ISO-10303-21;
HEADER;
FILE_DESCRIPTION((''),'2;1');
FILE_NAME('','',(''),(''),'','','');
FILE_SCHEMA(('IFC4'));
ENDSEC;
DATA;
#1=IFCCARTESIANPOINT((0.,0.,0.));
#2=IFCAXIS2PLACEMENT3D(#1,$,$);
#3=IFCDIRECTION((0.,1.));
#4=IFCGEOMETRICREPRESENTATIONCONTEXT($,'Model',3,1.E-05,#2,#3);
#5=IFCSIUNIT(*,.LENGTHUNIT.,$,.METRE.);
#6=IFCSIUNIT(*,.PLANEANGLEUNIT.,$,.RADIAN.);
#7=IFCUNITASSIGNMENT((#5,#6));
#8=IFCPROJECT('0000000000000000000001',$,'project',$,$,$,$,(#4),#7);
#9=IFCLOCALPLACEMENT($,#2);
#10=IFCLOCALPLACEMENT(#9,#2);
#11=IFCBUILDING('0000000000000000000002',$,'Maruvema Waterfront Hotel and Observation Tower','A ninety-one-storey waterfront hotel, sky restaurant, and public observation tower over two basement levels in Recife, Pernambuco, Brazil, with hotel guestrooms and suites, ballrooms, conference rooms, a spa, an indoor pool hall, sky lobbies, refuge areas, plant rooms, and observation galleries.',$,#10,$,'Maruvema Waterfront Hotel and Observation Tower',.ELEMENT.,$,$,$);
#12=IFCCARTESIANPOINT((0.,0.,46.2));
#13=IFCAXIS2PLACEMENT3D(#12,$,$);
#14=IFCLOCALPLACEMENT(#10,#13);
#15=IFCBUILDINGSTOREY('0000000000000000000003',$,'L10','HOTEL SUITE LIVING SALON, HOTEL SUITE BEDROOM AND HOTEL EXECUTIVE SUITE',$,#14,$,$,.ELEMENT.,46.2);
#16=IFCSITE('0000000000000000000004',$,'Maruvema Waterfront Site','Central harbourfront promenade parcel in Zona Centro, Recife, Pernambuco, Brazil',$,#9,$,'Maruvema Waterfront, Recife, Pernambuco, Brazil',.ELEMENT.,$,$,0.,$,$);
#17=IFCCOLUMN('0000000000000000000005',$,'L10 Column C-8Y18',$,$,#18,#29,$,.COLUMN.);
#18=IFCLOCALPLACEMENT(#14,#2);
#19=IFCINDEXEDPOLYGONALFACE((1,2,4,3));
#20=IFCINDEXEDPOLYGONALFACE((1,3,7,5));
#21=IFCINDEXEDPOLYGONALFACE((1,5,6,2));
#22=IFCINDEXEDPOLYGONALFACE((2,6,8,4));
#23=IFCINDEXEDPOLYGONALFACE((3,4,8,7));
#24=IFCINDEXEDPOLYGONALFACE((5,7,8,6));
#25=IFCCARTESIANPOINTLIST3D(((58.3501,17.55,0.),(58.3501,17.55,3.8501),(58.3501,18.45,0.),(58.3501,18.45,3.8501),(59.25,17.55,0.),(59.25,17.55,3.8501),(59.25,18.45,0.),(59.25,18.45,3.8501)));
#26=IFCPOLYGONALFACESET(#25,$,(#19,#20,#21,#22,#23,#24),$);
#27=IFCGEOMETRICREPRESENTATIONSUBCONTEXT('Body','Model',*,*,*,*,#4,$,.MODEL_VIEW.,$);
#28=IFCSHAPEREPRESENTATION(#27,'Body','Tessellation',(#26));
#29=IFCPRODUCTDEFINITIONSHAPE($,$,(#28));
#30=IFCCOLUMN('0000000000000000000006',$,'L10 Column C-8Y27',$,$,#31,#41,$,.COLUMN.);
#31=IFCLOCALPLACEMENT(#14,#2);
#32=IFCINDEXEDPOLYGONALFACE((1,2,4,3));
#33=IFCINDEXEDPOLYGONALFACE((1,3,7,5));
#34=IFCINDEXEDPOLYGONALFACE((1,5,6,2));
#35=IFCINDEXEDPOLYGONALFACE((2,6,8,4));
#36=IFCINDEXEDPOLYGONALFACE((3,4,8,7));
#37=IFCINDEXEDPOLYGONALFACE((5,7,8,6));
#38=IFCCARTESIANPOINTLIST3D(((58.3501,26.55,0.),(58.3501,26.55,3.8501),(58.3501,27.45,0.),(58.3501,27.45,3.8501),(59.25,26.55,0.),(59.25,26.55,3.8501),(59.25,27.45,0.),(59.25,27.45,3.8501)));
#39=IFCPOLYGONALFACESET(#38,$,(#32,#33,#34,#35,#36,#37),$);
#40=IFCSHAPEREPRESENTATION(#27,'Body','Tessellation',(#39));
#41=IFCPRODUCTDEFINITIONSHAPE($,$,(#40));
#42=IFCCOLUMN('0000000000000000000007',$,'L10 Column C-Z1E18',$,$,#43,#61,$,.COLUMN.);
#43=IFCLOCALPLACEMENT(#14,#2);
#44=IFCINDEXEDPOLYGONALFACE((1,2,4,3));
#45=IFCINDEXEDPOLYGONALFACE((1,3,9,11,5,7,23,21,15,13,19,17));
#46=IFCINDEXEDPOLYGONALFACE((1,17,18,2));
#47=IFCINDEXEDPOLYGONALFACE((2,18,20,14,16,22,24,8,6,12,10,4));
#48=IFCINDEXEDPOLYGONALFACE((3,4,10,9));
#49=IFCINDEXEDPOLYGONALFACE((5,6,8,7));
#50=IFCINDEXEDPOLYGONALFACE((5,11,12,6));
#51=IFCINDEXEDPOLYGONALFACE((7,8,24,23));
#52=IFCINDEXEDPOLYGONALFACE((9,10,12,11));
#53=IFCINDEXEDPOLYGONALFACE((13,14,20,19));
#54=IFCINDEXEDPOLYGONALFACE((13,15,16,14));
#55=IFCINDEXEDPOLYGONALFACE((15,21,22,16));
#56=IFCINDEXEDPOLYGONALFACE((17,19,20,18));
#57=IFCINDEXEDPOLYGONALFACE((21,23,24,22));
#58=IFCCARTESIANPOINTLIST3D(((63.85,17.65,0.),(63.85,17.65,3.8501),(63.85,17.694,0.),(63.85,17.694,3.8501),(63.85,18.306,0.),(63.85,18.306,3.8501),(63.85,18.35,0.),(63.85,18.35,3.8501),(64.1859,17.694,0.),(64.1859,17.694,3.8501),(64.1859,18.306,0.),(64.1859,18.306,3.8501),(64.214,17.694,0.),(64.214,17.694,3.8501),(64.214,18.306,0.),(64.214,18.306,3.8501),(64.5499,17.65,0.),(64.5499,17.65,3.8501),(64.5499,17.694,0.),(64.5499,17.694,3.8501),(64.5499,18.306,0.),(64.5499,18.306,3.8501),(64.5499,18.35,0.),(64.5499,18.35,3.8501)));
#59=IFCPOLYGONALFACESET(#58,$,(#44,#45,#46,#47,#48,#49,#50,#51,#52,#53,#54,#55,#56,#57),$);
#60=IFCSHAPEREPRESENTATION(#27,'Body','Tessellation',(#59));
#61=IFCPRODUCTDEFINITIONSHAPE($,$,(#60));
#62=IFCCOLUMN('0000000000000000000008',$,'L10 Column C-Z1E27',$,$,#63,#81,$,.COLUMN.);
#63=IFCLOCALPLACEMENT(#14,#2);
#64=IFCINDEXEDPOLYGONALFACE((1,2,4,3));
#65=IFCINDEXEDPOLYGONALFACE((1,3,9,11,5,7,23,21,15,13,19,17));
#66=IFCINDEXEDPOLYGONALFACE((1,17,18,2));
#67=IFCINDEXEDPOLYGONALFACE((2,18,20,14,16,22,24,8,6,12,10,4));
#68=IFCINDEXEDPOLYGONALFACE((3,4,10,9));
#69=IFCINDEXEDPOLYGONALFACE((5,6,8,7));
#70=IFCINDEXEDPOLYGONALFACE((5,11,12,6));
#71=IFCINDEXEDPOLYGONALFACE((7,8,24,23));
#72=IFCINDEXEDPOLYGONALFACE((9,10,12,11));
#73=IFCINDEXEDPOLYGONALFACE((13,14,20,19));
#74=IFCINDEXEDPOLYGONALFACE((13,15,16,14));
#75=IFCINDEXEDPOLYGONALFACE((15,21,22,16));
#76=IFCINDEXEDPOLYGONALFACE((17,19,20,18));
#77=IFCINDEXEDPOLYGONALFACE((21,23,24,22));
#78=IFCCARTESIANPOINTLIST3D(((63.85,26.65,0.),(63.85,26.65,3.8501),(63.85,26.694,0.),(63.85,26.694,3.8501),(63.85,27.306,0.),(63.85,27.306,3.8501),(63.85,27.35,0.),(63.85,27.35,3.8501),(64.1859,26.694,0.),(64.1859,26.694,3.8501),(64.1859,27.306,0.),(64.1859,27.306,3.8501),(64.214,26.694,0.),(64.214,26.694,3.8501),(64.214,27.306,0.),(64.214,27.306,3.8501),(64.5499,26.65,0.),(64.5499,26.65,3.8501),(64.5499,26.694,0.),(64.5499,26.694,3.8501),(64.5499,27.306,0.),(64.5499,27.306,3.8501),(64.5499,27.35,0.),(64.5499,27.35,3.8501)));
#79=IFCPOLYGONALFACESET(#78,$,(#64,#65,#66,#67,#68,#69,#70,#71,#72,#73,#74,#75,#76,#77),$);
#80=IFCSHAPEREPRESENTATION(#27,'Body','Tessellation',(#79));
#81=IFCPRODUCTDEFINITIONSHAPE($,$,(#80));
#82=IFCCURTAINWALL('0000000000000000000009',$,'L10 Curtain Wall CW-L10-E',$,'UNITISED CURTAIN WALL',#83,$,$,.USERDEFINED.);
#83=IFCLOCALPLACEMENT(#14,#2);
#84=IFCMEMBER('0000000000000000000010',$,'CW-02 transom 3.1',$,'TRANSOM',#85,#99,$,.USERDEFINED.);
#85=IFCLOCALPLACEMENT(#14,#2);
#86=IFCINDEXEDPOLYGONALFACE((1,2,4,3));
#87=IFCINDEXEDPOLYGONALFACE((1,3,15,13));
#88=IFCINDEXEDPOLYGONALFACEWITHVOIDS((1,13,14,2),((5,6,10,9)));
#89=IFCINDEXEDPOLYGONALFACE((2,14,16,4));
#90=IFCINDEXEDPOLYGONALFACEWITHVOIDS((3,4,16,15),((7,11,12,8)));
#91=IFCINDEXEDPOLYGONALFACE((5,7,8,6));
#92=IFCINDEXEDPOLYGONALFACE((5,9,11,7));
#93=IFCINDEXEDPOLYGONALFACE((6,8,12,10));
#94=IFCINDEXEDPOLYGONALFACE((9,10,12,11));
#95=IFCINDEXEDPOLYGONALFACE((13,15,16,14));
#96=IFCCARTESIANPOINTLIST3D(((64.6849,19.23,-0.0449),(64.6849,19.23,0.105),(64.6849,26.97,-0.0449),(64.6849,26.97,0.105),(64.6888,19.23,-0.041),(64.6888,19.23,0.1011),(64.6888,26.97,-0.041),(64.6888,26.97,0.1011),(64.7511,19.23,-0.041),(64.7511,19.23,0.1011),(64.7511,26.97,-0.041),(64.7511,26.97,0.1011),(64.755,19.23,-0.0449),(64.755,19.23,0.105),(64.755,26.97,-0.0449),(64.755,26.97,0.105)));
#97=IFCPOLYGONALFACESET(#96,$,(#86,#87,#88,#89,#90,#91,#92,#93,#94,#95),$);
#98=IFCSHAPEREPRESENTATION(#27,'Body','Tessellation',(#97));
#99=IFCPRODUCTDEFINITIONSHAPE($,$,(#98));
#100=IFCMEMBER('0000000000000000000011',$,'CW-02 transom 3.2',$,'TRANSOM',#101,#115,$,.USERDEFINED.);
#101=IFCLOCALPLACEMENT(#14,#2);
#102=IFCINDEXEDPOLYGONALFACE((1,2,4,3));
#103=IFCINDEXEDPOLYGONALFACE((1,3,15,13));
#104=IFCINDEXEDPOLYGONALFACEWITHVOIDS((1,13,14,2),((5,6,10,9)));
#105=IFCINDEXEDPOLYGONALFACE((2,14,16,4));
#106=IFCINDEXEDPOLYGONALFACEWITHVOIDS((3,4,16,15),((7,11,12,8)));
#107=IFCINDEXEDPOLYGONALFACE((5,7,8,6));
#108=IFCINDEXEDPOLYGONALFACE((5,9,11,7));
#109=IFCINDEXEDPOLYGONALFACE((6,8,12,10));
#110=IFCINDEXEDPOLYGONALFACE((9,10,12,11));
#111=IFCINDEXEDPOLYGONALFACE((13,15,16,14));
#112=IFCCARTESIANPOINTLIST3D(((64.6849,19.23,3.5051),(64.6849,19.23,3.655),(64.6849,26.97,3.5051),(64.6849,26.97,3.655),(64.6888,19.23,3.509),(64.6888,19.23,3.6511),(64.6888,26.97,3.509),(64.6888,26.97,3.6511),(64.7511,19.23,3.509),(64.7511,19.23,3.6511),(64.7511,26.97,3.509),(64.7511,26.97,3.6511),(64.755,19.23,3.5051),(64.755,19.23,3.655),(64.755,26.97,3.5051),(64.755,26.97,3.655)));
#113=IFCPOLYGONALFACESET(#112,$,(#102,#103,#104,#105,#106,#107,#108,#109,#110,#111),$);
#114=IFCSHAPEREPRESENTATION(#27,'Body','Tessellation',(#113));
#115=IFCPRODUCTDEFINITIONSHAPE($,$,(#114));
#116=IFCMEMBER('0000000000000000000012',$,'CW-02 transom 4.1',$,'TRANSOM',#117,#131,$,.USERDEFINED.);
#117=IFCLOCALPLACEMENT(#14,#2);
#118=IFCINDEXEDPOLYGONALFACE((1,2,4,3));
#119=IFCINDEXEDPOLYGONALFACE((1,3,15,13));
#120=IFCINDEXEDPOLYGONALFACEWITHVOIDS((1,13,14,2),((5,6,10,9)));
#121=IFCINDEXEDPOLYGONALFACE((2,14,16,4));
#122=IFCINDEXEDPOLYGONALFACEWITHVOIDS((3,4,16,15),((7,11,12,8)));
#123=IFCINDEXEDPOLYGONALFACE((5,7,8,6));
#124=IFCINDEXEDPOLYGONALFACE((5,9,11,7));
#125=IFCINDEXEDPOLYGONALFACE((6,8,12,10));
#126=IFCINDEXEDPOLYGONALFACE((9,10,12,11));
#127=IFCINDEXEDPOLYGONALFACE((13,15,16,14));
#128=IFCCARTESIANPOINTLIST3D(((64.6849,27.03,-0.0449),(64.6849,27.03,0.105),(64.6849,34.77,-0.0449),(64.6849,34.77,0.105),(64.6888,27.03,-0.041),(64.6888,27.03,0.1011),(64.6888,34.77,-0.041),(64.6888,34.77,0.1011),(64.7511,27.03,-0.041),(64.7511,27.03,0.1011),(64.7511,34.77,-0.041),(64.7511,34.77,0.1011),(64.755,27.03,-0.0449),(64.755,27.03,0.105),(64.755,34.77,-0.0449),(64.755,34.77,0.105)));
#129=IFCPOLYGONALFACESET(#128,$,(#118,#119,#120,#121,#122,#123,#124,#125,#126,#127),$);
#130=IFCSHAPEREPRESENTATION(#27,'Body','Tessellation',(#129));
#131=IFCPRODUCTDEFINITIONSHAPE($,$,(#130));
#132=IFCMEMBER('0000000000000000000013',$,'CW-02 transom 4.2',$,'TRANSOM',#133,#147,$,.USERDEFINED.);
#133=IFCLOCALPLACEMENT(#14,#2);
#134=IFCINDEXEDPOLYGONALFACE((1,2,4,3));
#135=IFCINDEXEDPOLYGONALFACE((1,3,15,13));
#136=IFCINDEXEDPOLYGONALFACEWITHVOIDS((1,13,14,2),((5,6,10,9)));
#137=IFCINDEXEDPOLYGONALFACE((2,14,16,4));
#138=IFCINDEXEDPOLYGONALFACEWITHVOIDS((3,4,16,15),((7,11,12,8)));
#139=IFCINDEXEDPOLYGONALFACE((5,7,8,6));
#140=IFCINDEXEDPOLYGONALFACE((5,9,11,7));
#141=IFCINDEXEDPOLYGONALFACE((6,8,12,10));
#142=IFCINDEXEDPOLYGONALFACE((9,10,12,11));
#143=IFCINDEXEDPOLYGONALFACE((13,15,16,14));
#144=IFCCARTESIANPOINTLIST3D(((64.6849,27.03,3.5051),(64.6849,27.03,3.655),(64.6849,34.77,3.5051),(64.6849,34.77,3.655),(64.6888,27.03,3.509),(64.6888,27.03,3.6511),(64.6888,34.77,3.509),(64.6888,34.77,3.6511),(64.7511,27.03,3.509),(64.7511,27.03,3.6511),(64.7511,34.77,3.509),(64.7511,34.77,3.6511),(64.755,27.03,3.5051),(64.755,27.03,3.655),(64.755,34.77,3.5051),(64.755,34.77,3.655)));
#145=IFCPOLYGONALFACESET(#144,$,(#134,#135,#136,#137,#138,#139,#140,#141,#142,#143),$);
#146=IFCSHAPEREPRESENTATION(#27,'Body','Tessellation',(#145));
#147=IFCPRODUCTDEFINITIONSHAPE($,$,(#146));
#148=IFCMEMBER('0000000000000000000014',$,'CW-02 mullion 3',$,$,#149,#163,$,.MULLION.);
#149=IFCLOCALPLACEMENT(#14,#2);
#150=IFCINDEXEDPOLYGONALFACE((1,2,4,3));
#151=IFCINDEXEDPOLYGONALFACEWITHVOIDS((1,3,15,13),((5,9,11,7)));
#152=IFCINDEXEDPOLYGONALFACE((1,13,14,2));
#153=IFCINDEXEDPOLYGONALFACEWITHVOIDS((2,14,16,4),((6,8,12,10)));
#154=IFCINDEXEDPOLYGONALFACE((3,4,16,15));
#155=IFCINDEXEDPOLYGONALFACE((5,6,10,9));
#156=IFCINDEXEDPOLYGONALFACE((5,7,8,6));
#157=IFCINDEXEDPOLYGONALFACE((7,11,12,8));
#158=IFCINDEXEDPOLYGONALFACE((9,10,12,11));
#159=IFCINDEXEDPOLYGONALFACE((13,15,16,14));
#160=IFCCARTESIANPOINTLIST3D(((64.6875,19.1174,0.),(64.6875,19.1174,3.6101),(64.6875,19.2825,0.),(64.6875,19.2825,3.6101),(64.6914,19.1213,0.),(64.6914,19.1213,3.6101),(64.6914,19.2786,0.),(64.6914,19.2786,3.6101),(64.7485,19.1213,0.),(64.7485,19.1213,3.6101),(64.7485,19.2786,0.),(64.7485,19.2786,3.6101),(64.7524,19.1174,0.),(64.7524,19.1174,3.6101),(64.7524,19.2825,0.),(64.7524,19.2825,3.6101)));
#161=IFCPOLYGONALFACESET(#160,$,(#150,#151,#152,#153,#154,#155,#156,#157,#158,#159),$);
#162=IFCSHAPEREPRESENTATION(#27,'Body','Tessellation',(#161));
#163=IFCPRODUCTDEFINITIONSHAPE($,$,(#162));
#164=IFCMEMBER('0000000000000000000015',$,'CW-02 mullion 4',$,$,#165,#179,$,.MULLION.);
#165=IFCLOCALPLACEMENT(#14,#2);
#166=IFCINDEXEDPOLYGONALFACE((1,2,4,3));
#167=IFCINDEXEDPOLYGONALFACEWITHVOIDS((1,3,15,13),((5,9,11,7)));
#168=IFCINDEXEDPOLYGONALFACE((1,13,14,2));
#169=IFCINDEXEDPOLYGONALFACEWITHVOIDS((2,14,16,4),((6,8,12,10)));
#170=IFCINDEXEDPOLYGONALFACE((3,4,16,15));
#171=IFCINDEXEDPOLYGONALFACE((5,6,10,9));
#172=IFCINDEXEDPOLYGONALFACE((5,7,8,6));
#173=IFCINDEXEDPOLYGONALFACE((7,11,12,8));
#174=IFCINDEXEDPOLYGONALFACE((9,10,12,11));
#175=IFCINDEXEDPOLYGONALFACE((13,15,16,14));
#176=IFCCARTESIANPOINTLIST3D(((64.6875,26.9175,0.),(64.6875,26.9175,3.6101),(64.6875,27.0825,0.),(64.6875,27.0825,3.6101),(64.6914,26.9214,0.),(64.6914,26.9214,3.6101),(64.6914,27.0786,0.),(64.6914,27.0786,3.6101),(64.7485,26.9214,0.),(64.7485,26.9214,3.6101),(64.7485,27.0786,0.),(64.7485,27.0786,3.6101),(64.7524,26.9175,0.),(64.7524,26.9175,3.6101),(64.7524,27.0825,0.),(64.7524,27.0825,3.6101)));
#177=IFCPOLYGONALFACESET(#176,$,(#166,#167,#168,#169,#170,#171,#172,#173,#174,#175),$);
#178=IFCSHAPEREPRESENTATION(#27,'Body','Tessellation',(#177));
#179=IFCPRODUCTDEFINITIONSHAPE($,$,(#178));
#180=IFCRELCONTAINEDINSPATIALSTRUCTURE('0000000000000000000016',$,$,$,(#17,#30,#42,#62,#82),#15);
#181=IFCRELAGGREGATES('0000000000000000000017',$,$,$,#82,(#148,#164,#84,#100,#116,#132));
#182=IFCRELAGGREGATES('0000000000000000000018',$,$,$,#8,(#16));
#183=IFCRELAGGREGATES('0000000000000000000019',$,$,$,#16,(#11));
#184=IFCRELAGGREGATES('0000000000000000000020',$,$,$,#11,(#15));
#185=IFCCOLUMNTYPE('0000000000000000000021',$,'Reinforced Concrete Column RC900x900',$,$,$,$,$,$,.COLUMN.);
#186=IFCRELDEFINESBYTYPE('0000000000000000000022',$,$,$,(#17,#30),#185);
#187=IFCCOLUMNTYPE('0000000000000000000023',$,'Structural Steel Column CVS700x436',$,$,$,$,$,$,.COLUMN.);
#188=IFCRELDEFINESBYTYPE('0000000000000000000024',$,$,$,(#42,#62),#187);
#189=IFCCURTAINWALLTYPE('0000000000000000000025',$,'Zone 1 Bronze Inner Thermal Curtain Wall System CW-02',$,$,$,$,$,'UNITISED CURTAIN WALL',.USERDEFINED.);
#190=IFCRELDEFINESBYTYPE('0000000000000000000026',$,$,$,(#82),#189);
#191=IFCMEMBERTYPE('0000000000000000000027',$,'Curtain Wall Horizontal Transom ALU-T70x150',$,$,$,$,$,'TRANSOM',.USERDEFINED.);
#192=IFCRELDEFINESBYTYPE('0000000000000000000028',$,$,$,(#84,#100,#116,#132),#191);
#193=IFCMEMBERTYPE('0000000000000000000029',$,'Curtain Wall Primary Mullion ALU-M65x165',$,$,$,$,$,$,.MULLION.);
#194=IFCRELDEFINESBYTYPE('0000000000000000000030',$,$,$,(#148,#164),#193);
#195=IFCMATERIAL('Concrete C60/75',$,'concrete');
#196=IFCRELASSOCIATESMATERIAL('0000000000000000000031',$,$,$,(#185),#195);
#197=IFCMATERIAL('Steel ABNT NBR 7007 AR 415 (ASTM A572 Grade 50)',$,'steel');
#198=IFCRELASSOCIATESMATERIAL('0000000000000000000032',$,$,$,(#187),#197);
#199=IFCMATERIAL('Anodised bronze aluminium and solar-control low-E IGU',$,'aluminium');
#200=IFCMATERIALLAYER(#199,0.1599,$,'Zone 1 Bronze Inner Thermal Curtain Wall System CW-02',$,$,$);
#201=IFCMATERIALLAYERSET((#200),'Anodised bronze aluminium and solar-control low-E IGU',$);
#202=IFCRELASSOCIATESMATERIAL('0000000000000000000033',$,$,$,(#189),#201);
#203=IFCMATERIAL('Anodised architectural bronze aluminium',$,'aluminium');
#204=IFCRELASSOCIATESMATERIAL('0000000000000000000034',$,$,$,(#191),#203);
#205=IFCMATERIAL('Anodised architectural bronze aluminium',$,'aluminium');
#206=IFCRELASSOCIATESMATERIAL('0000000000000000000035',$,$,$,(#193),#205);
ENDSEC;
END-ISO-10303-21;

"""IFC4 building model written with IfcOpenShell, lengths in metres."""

from ifc_helpers import new_model, si_unit, direction, frame, origin, origin_2d, place, context, subcontext, project, spatial, rectangle, hollow_rectangle, i_section, extrude, material, layer, layer_set, material_profile, profile_set, type_object, element, aggregate, save


model = new_model("IFC4")

# Units and contexts
model_context = context("Model", 3, precision=1e-05, world=origin(), true_north=direction((0.0, 1.0)))
body_context = subcontext(model_context, "Body", "Model", "MODEL_VIEW")
ifc_project = project(units=[si_unit("LENGTHUNIT", "METRE"), si_unit("PLANEANGLEUNIT", "RADIAN")], contexts=[model_context])

# Site, building, storey
site_placement = place(None, origin())
site = spatial("IfcSite", under=ifc_project, at=site_placement, Name="Maruvema Waterfront Site", Description="Central harbourfront promenade parcel in Zona Centro, Recife, Pernambuco, Brazil", LongName="Maruvema Waterfront, Recife, Pernambuco, Brazil", CompositionType="ELEMENT", RefElevation=0.0)
building_placement = place(site_placement, origin())
building = spatial("IfcBuilding", under=site, at=building_placement, Name="Maruvema Waterfront Hotel and Observation Tower", Description="A ninety-one-storey waterfront hotel, sky restaurant, and public observation tower over two basement levels in Recife, Pernambuco, Brazil, with hotel guestrooms and suites, ballrooms, conference rooms, a spa, an indoor pool hall, sky lobbies, refuge areas, plant rooms, and observation galleries.", LongName="Maruvema Waterfront Hotel and Observation Tower", CompositionType="ELEMENT")
storey_placement = place(building_placement, frame((0.0, 0.0, 46.2)))
storey = spatial("IfcBuildingStorey", under=building, at=storey_placement, Name="L10", Description="HOTEL SUITE LIVING SALON, HOTEL SUITE BEDROOM AND HOTEL EXECUTIVE SUITE", CompositionType="ELEMENT", Elevation=46.2)

# Columns
ifc_material_1 = material(Name="Concrete C60/75", Category="concrete")
ifc_material_profile_1 = material_profile(ifc_material_1, rectangle(XDim=0.8999, YDim=0.8999, at=origin_2d()), Name="RC900x900")
ifc_profile_set_1 = profile_set([ifc_material_profile_1], Name="Concrete C60/75")
column_type_1 = type_object("IfcColumnType", Name="Reinforced Concrete Column RC900x900", PredefinedType="COLUMN", material=ifc_profile_set_1)
for number, where, z_axis, x_axis, name in (
    (1, (58.8, 18.0, 0.0), (0.0, 0.0, 1.0), (1.0, 0.0, 0.0), "L10 Column C-8Y18"),
    (2, (58.8, 27.0, 0.0), (0.0, 0.0, 1.0), (1.0, 0.0, 0.0), "L10 Column C-8Y27"),
):
    element("IfcColumn", number, at=place(storey_placement, frame(where, z_axis=z_axis, x_axis=x_axis)), inside=storey, type_object=column_type_1, Name=name, PredefinedType="COLUMN", context=body_context, shape_type="SweptSolid", body=[
        extrude(rectangle(XDim=0.8999, YDim=0.8999, at=origin_2d()), origin(), (0.0, 0.0, 1.0), 3.8501),
    ])
ifc_material_2 = material(Name="Steel ABNT NBR 7007 AR 415 (ASTM A572 Grade 50)", Category="steel")
ifc_material_profile_2 = material_profile(ifc_material_2, i_section(OverallWidth=0.7, OverallDepth=0.7, WebThickness=0.0281, FlangeThickness=0.0439, at=origin_2d()), Name="CVS700x436")
ifc_profile_set_2 = profile_set([ifc_material_profile_2], Name="Steel ABNT NBR 7007 AR 415 (ASTM A572 Grade 50)")
column_type_2 = type_object("IfcColumnType", Name="Structural Steel Column CVS700x436", PredefinedType="COLUMN", material=ifc_profile_set_2)
for number, where, z_axis, x_axis, name in (
    (3, (64.2, 18.0, 0.0), (0.0, 0.0, 1.0), (1.0, 0.0, 0.0), "L10 Column C-Z1E18"),
    (4, (64.2, 27.0, 0.0), (0.0, 0.0, 1.0), (1.0, 0.0, 0.0), "L10 Column C-Z1E27"),
):
    element("IfcColumn", number, at=place(storey_placement, frame(where, z_axis=z_axis, x_axis=x_axis)), inside=storey, type_object=column_type_2, Name=name, PredefinedType="COLUMN", context=body_context, shape_type="SweptSolid", body=[
        extrude(i_section(OverallWidth=0.7, OverallDepth=0.7, WebThickness=0.0281, FlangeThickness=0.0439, at=origin_2d()), origin(), (0.0, 0.0, 1.0), 3.8501),
    ])

# Curtain wall, members
ifc_material_3 = material(Name="Anodised bronze aluminium and solar-control low-E IGU", Category="aluminium")
ifc_layer_1 = layer(ifc_material_3, 0.1599, Name="Zone 1 Bronze Inner Thermal Curtain Wall System CW-02")
ifc_layer_set_1 = layer_set([ifc_layer_1], Name="Anodised bronze aluminium and solar-control low-E IGU")
curtain_wall_type = type_object("IfcCurtainWallType", Name="Zone 1 Bronze Inner Thermal Curtain Wall System CW-02", ElementType="UNITISED CURTAIN WALL", PredefinedType="USERDEFINED", material=ifc_layer_set_1)
curtain_wall_placement = place(storey_placement, origin())
curtain_wall = element("IfcCurtainWall", 5, at=curtain_wall_placement, inside=storey, type_object=curtain_wall_type, Name="L10 Curtain Wall CW-L10-E", ObjectType="UNITISED CURTAIN WALL", PredefinedType="USERDEFINED")
ifc_material_4 = material(Name="Anodised architectural bronze aluminium", Category="aluminium")
ifc_material_profile_3 = material_profile(ifc_material_4, hollow_rectangle(XDim=0.0701, YDim=0.1499, WallThickness=0.0039, at=origin_2d()), Name="ALU-T70x150")
ifc_profile_set_3 = profile_set([ifc_material_profile_3], Name="Anodised architectural bronze aluminium")
member_type_1 = type_object("IfcMemberType", Name="Curtain Wall Horizontal Transom ALU-T70x150", ElementType="TRANSOM", PredefinedType="USERDEFINED", material=ifc_profile_set_3)
member_1_placement = place(storey_placement, frame((64.72, 19.23, 0.03), z_axis=(0.0, 1.0, 0.0), x_axis=(-1.0, 0.0, 0.0)))
member_1 = element("IfcMember", 6, at=member_1_placement, type_object=member_type_1, Name="CW-02 transom 3.1", ObjectType="TRANSOM", PredefinedType="USERDEFINED", context=body_context, shape_type="SweptSolid", body=[
    extrude(hollow_rectangle(XDim=0.0701, YDim=0.1499, WallThickness=0.0039, at=origin_2d()), origin(), (0.0, 0.0, 1.0), 7.74),
])
member_2_placement = place(storey_placement, frame((64.72, 19.23, 3.5801), z_axis=(0.0, 1.0, 0.0), x_axis=(-1.0, 0.0, 0.0)))
member_2 = element("IfcMember", 7, at=member_2_placement, type_object=member_type_1, Name="CW-02 transom 3.2", ObjectType="TRANSOM", PredefinedType="USERDEFINED", context=body_context, shape_type="SweptSolid", body=[
    extrude(hollow_rectangle(XDim=0.0701, YDim=0.1499, WallThickness=0.0039, at=origin_2d()), origin(), (0.0, 0.0, 1.0), 7.74),
])
member_3_placement = place(storey_placement, frame((64.72, 27.03, 0.03), z_axis=(0.0, 1.0, 0.0), x_axis=(-1.0, 0.0, 0.0)))
member_3 = element("IfcMember", 8, at=member_3_placement, type_object=member_type_1, Name="CW-02 transom 4.1", ObjectType="TRANSOM", PredefinedType="USERDEFINED", context=body_context, shape_type="SweptSolid", body=[
    extrude(hollow_rectangle(XDim=0.0701, YDim=0.1499, WallThickness=0.0039, at=origin_2d()), origin(), (0.0, 0.0, 1.0), 7.74),
])
member_4_placement = place(storey_placement, frame((64.72, 27.03, 3.5801), z_axis=(0.0, 1.0, 0.0), x_axis=(-1.0, 0.0, 0.0)))
member_4 = element("IfcMember", 9, at=member_4_placement, type_object=member_type_1, Name="CW-02 transom 4.2", ObjectType="TRANSOM", PredefinedType="USERDEFINED", context=body_context, shape_type="SweptSolid", body=[
    extrude(hollow_rectangle(XDim=0.0701, YDim=0.1499, WallThickness=0.0039, at=origin_2d()), origin(), (0.0, 0.0, 1.0), 7.74),
])
ifc_material_5 = material(Name="Anodised architectural bronze aluminium", Category="aluminium")
ifc_material_profile_4 = material_profile(ifc_material_5, hollow_rectangle(XDim=0.0649, YDim=0.165, WallThickness=0.0039, at=origin_2d()), Name="ALU-M65x165")
ifc_profile_set_4 = profile_set([ifc_material_profile_4], Name="Anodised architectural bronze aluminium")
member_type_2 = type_object("IfcMemberType", Name="Curtain Wall Primary Mullion ALU-M65x165", PredefinedType="MULLION", material=ifc_profile_set_4)
member_5_placement = place(storey_placement, frame((64.72, 19.2, 0.0), z_axis=(0.0, 0.0, 1.0), x_axis=(-1.0, 0.0, 0.0)))
member_5 = element("IfcMember", 10, at=member_5_placement, type_object=member_type_2, Name="CW-02 mullion 3", PredefinedType="MULLION", context=body_context, shape_type="SweptSolid", body=[
    extrude(hollow_rectangle(XDim=0.0649, YDim=0.165, WallThickness=0.0039, at=origin_2d()), origin(), (0.0, 0.0, 1.0), 3.6101),
])
member_6_placement = place(storey_placement, frame((64.72, 27.0, 0.0), z_axis=(0.0, 0.0, 1.0), x_axis=(-1.0, 0.0, 0.0)))
member_6 = element("IfcMember", 11, at=member_6_placement, type_object=member_type_2, Name="CW-02 mullion 4", PredefinedType="MULLION", context=body_context, shape_type="SweptSolid", body=[
    extrude(hollow_rectangle(XDim=0.0649, YDim=0.165, WallThickness=0.0039, at=origin_2d()), origin(), (0.0, 0.0, 1.0), 3.6101),
])

aggregate(curtain_wall, [member_5, member_6, member_1, member_2, member_3, member_4])

save(model, "model.ifc")
